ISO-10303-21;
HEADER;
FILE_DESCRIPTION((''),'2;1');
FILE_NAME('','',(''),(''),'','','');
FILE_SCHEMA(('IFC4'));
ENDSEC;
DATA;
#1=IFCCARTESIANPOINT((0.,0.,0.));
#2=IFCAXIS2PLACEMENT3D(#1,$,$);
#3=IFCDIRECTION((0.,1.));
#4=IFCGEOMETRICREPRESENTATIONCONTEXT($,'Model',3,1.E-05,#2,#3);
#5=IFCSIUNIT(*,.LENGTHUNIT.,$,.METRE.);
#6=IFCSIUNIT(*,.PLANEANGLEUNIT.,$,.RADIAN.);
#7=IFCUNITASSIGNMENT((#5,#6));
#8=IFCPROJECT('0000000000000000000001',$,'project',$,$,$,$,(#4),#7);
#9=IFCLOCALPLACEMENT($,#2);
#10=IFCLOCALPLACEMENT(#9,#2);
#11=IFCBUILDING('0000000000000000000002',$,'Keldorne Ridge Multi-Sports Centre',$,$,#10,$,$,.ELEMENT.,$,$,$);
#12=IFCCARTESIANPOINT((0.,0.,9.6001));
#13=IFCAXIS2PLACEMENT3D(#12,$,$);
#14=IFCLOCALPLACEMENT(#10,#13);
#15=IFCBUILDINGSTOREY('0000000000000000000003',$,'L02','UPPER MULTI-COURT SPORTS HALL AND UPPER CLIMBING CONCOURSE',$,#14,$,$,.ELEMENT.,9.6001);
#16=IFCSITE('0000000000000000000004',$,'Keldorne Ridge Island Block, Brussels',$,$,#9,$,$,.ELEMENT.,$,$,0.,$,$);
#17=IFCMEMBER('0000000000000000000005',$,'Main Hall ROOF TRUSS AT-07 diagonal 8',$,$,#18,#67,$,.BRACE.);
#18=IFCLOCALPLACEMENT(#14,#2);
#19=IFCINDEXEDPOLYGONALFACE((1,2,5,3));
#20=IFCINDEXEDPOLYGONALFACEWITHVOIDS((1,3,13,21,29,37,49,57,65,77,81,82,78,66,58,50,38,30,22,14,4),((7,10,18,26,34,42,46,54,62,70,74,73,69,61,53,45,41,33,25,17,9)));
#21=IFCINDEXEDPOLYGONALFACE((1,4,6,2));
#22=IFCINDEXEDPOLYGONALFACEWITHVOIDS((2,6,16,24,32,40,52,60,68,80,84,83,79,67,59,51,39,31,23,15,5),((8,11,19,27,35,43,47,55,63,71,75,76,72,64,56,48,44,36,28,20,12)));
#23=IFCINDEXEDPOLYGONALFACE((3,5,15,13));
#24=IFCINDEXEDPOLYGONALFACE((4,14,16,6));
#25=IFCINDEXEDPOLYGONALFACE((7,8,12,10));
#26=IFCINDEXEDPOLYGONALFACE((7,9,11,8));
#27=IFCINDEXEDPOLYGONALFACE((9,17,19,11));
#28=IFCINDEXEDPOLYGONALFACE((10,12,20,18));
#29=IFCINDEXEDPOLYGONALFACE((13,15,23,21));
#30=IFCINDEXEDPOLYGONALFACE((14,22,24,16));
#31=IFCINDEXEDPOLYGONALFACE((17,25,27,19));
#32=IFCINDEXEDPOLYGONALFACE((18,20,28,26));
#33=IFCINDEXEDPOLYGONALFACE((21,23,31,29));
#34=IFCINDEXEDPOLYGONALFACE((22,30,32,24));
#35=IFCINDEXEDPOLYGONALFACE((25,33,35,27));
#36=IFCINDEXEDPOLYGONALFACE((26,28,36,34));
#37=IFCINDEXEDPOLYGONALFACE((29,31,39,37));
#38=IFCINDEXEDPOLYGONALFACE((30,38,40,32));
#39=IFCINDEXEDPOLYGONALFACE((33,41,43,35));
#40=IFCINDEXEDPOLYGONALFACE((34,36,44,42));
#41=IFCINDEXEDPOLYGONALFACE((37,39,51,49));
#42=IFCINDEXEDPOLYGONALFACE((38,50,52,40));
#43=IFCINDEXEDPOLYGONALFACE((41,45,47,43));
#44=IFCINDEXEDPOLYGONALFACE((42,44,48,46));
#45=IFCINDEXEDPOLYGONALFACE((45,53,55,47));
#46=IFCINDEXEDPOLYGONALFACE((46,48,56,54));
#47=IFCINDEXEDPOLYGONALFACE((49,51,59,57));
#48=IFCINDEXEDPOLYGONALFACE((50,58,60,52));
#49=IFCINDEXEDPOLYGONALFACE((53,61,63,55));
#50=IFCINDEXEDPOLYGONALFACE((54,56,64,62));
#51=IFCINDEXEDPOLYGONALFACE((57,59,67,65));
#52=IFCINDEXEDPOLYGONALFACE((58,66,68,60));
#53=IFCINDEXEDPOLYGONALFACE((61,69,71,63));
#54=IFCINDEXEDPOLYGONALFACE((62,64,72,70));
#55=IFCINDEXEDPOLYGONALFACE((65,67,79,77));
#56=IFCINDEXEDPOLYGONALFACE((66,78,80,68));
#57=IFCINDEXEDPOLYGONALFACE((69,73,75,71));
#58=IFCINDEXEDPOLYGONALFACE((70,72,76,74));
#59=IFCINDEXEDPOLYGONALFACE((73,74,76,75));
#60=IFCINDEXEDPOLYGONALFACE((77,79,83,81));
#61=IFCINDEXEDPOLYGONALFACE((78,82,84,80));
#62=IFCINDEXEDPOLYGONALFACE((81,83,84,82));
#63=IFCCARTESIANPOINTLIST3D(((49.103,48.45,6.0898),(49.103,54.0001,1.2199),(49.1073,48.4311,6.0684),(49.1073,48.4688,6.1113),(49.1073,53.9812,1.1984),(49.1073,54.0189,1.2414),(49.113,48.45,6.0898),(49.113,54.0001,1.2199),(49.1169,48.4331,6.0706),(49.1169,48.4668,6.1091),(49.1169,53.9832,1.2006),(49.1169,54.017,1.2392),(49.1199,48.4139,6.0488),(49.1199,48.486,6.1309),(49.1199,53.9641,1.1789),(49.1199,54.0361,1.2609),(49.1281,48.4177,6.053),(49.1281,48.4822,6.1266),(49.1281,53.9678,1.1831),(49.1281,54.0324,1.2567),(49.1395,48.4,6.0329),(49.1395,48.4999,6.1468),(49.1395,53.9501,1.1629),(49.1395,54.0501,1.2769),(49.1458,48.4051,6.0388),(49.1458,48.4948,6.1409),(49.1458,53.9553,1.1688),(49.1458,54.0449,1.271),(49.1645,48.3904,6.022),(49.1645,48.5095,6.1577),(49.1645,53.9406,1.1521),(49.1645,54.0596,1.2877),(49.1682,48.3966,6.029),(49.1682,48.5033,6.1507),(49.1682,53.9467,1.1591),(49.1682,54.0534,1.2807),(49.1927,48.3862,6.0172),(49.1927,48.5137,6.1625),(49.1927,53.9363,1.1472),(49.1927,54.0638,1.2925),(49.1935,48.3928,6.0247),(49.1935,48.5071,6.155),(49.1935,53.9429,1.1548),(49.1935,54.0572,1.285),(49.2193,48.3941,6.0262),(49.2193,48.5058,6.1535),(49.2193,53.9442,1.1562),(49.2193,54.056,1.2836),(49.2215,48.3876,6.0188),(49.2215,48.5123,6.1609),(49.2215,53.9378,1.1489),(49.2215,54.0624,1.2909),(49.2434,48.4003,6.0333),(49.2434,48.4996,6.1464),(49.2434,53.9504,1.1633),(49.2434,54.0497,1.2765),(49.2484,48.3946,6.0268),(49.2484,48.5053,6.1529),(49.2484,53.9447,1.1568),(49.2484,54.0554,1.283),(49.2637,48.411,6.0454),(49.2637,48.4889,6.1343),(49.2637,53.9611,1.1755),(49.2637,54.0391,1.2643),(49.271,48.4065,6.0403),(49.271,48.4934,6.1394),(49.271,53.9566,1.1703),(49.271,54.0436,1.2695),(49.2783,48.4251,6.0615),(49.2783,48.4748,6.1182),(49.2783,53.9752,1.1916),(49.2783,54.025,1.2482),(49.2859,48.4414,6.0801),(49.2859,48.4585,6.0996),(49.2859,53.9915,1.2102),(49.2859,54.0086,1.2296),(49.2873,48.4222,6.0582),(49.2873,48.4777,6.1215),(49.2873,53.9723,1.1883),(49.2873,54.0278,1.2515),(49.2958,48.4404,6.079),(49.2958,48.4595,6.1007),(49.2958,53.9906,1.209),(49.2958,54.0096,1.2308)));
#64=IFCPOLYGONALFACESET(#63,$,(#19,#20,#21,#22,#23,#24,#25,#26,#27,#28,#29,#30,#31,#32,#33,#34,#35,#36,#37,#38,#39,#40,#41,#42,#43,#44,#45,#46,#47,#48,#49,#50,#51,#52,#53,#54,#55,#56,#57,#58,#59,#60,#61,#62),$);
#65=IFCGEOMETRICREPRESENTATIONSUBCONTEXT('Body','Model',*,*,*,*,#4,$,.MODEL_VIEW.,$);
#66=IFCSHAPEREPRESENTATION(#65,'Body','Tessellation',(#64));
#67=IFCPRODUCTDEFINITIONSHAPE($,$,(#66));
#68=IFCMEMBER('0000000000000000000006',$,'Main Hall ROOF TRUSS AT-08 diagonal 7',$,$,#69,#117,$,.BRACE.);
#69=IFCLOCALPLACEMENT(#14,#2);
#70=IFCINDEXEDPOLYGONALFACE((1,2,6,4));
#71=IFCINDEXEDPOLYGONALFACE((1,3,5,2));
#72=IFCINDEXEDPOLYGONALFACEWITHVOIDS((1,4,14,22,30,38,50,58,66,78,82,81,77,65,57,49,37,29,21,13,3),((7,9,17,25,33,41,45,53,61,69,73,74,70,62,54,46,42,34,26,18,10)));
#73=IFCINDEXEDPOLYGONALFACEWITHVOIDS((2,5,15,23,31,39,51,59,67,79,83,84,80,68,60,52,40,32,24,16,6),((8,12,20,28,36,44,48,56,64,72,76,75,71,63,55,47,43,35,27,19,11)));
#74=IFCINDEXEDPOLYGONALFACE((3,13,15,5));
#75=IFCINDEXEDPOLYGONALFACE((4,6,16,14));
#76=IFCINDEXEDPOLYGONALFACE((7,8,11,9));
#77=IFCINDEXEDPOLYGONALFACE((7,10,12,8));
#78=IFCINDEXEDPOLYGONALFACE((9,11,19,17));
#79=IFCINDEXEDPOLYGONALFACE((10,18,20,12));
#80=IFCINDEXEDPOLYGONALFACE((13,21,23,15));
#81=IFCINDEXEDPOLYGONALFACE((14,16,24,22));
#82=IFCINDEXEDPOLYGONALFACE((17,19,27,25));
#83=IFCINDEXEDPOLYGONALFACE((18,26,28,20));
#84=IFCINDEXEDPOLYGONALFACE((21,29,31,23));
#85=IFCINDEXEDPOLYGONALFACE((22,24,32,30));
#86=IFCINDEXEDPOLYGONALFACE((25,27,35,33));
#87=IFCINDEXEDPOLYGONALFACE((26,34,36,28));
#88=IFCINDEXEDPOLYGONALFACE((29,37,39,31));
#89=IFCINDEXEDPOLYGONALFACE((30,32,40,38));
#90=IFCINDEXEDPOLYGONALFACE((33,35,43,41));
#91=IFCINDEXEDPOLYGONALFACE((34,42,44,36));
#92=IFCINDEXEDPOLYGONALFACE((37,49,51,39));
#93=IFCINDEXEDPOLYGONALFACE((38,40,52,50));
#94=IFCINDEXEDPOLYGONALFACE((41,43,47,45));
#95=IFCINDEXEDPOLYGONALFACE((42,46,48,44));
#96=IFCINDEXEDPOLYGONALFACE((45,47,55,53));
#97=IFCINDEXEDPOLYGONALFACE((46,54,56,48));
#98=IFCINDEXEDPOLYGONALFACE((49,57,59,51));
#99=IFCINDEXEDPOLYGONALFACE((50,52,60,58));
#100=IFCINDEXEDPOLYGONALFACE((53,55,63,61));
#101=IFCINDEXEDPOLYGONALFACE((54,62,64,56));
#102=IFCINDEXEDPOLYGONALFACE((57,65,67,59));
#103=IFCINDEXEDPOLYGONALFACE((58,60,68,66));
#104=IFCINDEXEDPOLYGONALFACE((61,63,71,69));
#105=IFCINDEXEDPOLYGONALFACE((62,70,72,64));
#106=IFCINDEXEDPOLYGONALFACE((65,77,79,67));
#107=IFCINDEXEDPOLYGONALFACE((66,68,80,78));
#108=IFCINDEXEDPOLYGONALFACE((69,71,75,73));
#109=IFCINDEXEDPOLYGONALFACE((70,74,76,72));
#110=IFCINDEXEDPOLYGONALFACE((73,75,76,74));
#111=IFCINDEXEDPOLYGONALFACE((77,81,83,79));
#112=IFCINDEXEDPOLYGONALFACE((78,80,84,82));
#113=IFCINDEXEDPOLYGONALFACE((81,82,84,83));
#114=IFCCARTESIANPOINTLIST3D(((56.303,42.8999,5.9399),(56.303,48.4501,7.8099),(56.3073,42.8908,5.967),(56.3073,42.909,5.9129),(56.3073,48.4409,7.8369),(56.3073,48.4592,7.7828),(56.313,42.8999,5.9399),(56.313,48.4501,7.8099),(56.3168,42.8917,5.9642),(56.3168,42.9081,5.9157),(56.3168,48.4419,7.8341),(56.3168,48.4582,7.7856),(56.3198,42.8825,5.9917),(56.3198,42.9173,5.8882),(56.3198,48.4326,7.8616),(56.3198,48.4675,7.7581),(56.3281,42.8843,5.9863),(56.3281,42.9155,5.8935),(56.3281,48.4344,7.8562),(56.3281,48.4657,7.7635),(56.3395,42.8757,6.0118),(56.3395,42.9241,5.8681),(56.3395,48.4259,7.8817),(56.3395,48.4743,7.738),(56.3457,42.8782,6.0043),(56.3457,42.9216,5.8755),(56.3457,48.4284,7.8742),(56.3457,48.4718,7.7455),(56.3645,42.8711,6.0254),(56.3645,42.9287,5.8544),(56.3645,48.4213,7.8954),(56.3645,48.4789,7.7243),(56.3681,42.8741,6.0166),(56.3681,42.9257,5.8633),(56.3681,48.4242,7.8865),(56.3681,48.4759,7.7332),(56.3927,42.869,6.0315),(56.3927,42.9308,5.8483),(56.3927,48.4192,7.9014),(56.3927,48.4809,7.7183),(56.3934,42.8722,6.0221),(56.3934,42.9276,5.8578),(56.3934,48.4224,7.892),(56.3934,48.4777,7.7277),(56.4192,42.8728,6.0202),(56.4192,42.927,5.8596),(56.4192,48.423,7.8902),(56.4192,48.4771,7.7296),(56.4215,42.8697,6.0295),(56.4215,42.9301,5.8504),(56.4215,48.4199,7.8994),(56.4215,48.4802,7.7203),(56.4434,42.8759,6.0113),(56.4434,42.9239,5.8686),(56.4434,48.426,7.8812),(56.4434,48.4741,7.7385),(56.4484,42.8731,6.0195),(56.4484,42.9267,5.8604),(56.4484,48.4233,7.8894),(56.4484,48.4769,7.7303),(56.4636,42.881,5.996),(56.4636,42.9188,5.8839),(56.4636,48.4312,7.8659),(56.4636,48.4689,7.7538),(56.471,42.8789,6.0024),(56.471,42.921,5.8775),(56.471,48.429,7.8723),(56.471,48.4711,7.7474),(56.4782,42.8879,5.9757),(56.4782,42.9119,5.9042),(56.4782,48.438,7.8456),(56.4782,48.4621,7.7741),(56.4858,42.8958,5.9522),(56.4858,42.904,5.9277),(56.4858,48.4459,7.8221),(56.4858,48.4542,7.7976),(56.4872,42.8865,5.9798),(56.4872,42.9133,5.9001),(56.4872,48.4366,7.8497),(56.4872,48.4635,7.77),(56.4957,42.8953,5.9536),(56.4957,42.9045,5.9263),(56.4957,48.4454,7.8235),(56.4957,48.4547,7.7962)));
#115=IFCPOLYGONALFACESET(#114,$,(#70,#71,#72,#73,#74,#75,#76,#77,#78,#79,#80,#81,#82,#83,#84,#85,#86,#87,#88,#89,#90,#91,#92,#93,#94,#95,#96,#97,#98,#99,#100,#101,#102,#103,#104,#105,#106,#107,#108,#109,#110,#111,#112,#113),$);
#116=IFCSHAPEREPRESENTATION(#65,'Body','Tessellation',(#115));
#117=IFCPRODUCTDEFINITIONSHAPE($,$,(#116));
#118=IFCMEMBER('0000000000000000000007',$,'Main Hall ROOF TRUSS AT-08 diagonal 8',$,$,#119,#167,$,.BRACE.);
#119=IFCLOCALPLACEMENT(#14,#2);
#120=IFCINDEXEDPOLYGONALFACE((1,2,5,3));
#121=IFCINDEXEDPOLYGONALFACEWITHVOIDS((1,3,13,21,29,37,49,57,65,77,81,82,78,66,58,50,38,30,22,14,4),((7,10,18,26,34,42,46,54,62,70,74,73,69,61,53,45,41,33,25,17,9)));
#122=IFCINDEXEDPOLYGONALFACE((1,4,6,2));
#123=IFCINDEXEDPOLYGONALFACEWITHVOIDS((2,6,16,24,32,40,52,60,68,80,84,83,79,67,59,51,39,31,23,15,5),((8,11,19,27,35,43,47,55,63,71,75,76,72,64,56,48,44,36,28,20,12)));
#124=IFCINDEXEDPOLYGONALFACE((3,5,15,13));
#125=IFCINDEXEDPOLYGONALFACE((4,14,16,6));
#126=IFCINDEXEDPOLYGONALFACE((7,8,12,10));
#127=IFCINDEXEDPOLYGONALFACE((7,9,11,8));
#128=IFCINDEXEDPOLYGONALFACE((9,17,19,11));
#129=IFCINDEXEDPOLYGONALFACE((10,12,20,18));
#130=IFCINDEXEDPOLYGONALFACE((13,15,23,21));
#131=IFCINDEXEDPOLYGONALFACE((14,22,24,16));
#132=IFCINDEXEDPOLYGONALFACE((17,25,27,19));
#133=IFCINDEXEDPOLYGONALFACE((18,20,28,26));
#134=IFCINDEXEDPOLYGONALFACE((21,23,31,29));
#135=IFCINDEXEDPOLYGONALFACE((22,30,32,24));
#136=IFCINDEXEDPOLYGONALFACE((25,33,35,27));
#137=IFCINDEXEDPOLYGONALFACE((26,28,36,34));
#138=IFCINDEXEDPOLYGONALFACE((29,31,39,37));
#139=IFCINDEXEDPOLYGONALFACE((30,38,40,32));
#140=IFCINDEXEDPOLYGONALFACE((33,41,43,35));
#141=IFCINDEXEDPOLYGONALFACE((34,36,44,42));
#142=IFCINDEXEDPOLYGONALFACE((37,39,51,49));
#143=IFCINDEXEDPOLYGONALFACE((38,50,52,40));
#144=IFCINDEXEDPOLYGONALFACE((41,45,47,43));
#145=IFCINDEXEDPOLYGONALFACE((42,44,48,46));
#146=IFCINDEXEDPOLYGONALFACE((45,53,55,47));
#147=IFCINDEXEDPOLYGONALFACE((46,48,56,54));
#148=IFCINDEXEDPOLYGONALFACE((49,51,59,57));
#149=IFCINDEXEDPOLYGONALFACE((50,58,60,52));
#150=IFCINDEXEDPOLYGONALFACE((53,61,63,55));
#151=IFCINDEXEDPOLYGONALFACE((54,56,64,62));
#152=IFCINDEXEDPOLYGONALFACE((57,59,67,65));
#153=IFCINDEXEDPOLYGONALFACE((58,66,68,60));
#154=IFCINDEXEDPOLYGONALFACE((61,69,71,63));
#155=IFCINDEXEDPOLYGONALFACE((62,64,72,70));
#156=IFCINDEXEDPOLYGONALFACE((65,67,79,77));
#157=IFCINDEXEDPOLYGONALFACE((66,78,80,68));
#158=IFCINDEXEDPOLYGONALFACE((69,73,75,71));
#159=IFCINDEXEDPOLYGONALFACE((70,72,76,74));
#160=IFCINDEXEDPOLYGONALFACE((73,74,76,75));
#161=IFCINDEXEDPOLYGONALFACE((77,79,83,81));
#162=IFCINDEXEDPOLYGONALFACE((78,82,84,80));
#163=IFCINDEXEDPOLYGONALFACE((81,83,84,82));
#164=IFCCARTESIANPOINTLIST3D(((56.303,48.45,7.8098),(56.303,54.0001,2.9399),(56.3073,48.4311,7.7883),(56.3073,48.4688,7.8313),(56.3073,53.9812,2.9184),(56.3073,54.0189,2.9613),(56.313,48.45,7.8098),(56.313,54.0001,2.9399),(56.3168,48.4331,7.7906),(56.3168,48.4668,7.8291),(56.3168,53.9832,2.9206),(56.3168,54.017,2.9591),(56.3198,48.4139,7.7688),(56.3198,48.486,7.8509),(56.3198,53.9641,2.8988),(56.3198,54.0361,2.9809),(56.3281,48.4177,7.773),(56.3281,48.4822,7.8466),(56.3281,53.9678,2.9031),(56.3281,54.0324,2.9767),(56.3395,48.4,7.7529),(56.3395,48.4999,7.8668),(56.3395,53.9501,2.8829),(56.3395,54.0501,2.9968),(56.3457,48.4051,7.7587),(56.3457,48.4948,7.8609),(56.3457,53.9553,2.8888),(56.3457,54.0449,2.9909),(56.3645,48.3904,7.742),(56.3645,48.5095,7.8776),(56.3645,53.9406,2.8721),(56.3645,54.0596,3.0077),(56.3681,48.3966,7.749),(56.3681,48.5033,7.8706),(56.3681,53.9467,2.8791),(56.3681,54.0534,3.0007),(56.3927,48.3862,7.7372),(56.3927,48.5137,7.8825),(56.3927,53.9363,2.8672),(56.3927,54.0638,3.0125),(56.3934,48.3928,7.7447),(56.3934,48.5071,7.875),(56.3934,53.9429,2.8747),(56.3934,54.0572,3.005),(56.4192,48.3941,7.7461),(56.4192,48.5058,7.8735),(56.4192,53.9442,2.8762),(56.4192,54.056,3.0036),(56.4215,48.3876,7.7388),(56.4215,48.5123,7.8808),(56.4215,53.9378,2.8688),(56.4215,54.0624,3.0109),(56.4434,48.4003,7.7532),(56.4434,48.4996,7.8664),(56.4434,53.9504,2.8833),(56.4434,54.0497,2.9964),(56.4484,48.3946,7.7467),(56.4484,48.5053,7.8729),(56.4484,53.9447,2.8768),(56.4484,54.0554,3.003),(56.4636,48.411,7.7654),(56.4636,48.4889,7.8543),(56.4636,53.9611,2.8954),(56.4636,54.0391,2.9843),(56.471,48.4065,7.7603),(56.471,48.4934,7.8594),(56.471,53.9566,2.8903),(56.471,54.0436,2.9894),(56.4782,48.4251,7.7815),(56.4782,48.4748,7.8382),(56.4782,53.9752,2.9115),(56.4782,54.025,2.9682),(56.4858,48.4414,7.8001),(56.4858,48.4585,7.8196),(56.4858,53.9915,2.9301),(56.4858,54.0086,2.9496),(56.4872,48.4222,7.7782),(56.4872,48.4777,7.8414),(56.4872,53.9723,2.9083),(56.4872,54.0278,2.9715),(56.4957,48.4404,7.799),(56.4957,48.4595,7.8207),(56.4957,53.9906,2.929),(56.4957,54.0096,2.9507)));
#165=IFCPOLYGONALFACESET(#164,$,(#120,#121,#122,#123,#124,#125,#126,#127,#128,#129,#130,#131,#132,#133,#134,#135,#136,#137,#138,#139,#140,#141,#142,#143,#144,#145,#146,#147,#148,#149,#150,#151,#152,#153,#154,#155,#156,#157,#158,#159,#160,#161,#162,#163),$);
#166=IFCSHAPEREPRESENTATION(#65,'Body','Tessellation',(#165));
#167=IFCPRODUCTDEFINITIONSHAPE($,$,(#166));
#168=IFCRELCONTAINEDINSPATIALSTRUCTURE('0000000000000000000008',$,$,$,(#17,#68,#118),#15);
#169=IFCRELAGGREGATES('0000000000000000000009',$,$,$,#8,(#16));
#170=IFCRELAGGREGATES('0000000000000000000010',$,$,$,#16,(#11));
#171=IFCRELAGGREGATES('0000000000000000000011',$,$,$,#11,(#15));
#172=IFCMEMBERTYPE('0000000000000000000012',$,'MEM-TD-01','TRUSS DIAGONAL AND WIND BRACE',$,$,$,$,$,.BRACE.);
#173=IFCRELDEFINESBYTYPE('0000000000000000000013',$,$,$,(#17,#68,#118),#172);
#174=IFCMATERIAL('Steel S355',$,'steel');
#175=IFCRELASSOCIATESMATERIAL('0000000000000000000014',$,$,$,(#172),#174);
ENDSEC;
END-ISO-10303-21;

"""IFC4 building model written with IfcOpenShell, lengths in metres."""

from ifc_helpers import new_model, si_unit, direction, frame, origin, origin_2d, place, context, subcontext, project, spatial, hollow_circle, extrude, material, material_profile, profile_set, type_object, element, save


model = new_model("IFC4")

# Units and contexts
model_context = context("Model", 3, precision=1e-05, world=origin(), true_north=direction((0.0, 1.0)))
body_context = subcontext(model_context, "Body", "Model", "MODEL_VIEW")
ifc_project = project(units=[si_unit("LENGTHUNIT", "METRE"), si_unit("PLANEANGLEUNIT", "RADIAN")], contexts=[model_context])

# Site, building, storey
site_placement = place(None, origin())
site = spatial("IfcSite", under=ifc_project, at=site_placement, Name="Keldorne Ridge Island Block, Brussels", CompositionType="ELEMENT", RefElevation=0.0)
building_placement = place(site_placement, origin())
building = spatial("IfcBuilding", under=site, at=building_placement, Name="Keldorne Ridge Multi-Sports Centre", CompositionType="ELEMENT")
storey_placement = place(building_placement, frame((0.0, 0.0, 9.6001)))
storey = spatial("IfcBuildingStorey", under=building, at=storey_placement, Name="L02", Description="UPPER MULTI-COURT SPORTS HALL AND UPPER CLIMBING CONCOURSE", CompositionType="ELEMENT", Elevation=9.6001)

# Shared definitions
ifc_material = material(Name="Steel S355", Category="steel")

# Members
ifc_material_profile_1 = material_profile(ifc_material, hollow_circle(Radius=0.0969, WallThickness=0.01, at=origin_2d()), Name="CHS 193.7x10")
ifc_profile_set_1 = profile_set([ifc_material_profile_1], Name="Steel S355")
member_type_1 = type_object("IfcMemberType", Name="MEM-TD-01", Description="TRUSS DIAGONAL AND WIND BRACE", PredefinedType="BRACE", material=ifc_profile_set_1)
member_1_placement = place(storey_placement, frame((49.2, 48.45, 6.0898), z_axis=(0.0, 0.751664, -0.659546), x_axis=(-1.0, 0.0, 0.0)))
element("IfcMember", 1, at=member_1_placement, inside=storey, type_object=member_type_1, Name="Main Hall ROOF TRUSS AT-07 diagonal 8", PredefinedType="BRACE", context=body_context, shape_type="SweptSolid", body=[
    extrude(hollow_circle(Radius=0.0969, WallThickness=0.01, at=origin_2d()), origin(), (0.0, 0.0, 1.0), 7.3838),
])
member_2_placement = place(storey_placement, frame((56.3999, 42.8999, 5.9399), z_axis=(0.0, 0.947661, 0.319278), x_axis=(-1.0, 0.0, 0.0)))
element("IfcMember", 2, at=member_2_placement, inside=storey, type_object=member_type_1, Name="Main Hall ROOF TRUSS AT-08 diagonal 7", PredefinedType="BRACE", context=body_context, shape_type="SweptSolid", body=[
    extrude(hollow_circle(Radius=0.0969, WallThickness=0.01, at=origin_2d()), origin(), (0.0, 0.0, 1.0), 5.8567),
])
member_3_placement = place(storey_placement, frame((56.3999, 48.45, 7.8098), z_axis=(0.0, 0.751664, -0.659546), x_axis=(-1.0, 0.0, 0.0)))
element("IfcMember", 3, at=member_3_placement, inside=storey, type_object=member_type_1, Name="Main Hall ROOF TRUSS AT-08 diagonal 8", PredefinedType="BRACE", context=body_context, shape_type="SweptSolid", body=[
    extrude(hollow_circle(Radius=0.0969, WallThickness=0.01, at=origin_2d()), origin(), (0.0, 0.0, 1.0), 7.3838),
])

save(model, "model.ifc")
